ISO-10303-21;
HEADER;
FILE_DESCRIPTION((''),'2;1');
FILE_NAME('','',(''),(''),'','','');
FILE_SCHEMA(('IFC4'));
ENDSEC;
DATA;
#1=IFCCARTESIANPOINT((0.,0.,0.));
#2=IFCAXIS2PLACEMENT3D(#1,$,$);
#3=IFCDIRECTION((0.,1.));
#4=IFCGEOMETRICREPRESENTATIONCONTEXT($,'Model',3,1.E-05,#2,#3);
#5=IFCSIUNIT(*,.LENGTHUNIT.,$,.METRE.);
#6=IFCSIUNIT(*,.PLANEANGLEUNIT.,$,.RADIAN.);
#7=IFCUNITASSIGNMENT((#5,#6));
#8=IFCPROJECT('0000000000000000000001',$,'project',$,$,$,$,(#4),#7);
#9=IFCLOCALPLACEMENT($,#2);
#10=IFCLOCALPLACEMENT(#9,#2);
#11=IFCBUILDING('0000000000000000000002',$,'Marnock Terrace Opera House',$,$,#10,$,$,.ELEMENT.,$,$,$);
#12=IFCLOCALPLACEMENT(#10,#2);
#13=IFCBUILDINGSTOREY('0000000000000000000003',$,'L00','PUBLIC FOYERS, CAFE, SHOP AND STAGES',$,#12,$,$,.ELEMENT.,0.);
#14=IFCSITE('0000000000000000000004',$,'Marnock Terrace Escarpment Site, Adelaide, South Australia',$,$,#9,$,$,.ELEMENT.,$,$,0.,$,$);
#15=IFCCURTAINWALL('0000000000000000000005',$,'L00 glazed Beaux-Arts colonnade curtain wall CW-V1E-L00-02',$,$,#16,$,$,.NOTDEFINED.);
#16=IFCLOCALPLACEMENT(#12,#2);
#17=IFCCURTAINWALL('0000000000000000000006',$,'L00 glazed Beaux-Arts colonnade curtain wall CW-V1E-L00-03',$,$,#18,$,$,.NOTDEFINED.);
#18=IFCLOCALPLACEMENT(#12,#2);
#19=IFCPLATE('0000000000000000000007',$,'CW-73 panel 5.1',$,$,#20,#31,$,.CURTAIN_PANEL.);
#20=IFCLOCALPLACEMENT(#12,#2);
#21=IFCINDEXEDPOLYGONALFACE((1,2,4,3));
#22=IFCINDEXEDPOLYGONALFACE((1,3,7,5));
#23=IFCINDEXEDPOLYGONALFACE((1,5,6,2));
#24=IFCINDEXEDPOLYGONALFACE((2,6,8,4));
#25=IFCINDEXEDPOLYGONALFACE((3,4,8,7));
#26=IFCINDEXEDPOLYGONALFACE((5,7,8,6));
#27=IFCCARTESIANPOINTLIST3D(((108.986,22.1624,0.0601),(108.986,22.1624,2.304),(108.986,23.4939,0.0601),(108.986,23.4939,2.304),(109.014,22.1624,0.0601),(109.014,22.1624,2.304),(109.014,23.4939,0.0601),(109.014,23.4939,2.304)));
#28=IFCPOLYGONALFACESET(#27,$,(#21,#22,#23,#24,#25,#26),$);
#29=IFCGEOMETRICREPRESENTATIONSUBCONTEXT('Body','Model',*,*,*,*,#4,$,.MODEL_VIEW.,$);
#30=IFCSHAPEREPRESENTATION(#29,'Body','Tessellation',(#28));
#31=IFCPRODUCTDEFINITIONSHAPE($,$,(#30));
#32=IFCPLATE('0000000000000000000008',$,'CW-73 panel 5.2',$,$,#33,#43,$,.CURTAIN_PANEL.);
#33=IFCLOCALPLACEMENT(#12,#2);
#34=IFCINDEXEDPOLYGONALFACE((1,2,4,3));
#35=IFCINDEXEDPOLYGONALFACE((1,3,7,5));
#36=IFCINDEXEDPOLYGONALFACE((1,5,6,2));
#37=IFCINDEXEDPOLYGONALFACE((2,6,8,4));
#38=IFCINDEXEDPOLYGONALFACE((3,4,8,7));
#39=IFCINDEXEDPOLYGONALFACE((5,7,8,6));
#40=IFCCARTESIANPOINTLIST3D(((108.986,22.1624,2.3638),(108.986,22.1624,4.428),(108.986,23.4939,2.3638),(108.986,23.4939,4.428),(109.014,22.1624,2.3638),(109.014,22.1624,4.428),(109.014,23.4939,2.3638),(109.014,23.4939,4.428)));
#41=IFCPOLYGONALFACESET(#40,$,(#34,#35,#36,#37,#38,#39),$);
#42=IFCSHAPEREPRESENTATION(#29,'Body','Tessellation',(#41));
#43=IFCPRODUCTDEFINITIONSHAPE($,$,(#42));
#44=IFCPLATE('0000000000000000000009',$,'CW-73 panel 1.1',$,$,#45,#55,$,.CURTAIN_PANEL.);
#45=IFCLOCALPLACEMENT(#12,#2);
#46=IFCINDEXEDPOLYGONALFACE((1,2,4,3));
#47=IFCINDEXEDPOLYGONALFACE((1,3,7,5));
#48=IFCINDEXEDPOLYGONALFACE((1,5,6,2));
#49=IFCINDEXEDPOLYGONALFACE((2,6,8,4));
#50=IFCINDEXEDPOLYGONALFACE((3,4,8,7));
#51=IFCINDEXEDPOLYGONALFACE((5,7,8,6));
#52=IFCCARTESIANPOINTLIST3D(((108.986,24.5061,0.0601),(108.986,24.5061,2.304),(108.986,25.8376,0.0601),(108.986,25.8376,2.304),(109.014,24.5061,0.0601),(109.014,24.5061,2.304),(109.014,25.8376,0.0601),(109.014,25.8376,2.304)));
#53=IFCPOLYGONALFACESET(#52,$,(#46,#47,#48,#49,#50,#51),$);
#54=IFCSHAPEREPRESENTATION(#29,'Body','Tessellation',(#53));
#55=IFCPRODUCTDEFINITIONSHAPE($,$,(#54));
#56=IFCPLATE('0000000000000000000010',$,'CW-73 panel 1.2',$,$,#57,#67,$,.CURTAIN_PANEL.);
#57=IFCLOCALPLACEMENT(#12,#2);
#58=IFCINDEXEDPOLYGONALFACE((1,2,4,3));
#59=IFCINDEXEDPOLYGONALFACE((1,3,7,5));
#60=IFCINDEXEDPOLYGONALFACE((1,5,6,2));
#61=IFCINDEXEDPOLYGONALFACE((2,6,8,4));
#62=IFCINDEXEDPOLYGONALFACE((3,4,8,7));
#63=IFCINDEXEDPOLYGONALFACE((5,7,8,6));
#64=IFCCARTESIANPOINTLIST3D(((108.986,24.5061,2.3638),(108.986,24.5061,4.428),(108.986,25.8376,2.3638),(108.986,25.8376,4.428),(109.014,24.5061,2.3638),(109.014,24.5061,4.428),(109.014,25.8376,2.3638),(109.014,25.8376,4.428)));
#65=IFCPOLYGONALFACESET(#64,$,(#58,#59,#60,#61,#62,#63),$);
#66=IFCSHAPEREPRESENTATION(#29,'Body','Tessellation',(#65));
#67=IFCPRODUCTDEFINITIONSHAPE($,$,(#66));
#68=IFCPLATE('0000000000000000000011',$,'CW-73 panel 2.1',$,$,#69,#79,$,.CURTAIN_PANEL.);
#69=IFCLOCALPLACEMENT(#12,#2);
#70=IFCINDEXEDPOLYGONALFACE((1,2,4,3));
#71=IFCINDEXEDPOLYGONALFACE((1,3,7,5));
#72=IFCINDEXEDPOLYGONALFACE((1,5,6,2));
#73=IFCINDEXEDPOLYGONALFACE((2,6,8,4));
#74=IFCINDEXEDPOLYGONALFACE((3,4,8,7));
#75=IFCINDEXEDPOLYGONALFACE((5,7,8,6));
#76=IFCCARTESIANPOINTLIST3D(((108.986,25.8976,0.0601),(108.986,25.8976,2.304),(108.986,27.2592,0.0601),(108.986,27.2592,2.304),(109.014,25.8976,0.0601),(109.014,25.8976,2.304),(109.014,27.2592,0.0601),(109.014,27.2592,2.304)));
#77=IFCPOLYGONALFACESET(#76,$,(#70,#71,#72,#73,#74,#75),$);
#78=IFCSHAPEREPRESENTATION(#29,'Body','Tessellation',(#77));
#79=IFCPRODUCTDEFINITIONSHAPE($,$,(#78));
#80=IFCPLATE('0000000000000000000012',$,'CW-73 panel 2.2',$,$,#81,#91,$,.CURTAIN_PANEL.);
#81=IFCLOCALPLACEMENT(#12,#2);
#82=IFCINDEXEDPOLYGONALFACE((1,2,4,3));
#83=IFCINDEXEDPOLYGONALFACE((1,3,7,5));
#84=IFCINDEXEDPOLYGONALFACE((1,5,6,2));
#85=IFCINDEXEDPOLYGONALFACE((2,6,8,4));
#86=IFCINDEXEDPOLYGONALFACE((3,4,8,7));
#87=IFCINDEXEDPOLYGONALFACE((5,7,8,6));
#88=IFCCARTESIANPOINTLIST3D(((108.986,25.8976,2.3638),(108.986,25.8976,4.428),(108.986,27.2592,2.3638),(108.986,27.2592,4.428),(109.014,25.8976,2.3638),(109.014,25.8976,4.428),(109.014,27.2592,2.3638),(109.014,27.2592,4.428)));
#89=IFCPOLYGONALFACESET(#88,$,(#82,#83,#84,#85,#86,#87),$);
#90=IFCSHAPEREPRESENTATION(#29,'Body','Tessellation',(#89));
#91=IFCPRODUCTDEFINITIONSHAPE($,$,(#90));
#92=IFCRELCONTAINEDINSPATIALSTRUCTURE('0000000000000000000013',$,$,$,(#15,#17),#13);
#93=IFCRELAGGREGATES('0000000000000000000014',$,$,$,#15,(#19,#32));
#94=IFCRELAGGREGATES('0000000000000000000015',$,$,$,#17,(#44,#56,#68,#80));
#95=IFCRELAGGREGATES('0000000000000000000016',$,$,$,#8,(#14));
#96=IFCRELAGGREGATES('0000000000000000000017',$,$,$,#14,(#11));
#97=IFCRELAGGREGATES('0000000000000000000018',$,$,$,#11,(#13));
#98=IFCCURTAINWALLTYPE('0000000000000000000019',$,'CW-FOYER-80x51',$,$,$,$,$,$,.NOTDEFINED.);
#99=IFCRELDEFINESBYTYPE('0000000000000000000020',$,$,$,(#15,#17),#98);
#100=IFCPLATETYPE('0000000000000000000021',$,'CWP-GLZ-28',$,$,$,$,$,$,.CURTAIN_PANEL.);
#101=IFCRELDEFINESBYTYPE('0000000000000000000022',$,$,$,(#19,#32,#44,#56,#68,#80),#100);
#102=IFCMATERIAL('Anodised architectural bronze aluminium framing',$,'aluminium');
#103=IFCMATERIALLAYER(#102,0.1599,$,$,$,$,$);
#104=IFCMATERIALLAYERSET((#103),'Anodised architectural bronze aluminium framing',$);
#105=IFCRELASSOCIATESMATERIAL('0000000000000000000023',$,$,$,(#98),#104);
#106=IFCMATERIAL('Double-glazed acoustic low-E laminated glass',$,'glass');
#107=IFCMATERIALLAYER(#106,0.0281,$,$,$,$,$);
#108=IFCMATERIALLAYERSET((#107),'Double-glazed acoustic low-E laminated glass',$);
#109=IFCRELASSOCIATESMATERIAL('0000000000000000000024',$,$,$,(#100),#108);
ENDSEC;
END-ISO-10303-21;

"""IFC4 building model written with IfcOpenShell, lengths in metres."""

from ifc_helpers import new_model, si_unit, direction, frame, origin, origin_2d, place, context, subcontext, project, spatial, rectangle, extrude, material, layer, layer_set, type_object, element, aggregate, save


model = new_model("IFC4")

# Units and contexts
model_context = context("Model", 3, precision=1e-05, world=origin(), true_north=direction((0.0, 1.0)))
body_context = subcontext(model_context, "Body", "Model", "MODEL_VIEW")
ifc_project = project(units=[si_unit("LENGTHUNIT", "METRE"), si_unit("PLANEANGLEUNIT", "RADIAN")], contexts=[model_context])

# Site, building, storey
site_placement = place(None, origin())
site = spatial("IfcSite", under=ifc_project, at=site_placement, Name="Marnock Terrace Escarpment Site, Adelaide, South Australia", CompositionType="ELEMENT", RefElevation=0.0)
building_placement = place(site_placement, origin())
building = spatial("IfcBuilding", under=site, at=building_placement, Name="Marnock Terrace Opera House", CompositionType="ELEMENT")
storey_placement = place(building_placement, origin())
storey = spatial("IfcBuildingStorey", under=building, at=storey_placement, Name="L00", Description="PUBLIC FOYERS, CAFE, SHOP AND STAGES", CompositionType="ELEMENT", Elevation=0.0)

# Curtain wall
ifc_material_1 = material(Name="Anodised architectural bronze aluminium framing", Category="aluminium")
ifc_layer_1 = layer(ifc_material_1, 0.1599)
ifc_layer_set_1 = layer_set([ifc_layer_1], Name="Anodised architectural bronze aluminium framing")
curtain_wall_type = type_object("IfcCurtainWallType", Name="CW-FOYER-80x51", PredefinedType="NOTDEFINED", material=ifc_layer_set_1)
curtain_wall_1_placement = place(storey_placement, origin())
curtain_wall_1 = element("IfcCurtainWall", 1, at=curtain_wall_1_placement, inside=storey, type_object=curtain_wall_type, Name="L00 glazed Beaux-Arts colonnade curtain wall CW-V1E-L00-02", PredefinedType="NOTDEFINED")

# Curtain wall
curtain_wall_2_placement = place(storey_placement, origin())
curtain_wall_2 = element("IfcCurtainWall", 2, at=curtain_wall_2_placement, inside=storey, type_object=curtain_wall_type, Name="L00 glazed Beaux-Arts colonnade curtain wall CW-V1E-L00-03", PredefinedType="NOTDEFINED")

# Plates
ifc_material_2 = material(Name="Double-glazed acoustic low-E laminated glass", Category="glass")
ifc_layer_2 = layer(ifc_material_2, 0.0281)
ifc_layer_set_2 = layer_set([ifc_layer_2], Name="Double-glazed acoustic low-E laminated glass")
plate_type = type_object("IfcPlateType", Name="CWP-GLZ-28", PredefinedType="CURTAIN_PANEL", material=ifc_layer_set_2)
plate_1_placement = place(storey_placement, frame((109.0, 22.8281, 0.0601), z_axis=(0.0, 0.0, 1.0), x_axis=(0.0, 1.0, 0.0)))
plate_1 = element("IfcPlate", 3, at=plate_1_placement, type_object=plate_type, Name="CW-73 panel 5.1", PredefinedType="CURTAIN_PANEL", context=body_context, shape_type="SweptSolid", body=[
    extrude(rectangle(XDim=1.3315, YDim=0.0281, at=origin_2d()), origin(), (0.0, 0.0, 1.0), 2.2439),
])
plate_2_placement = place(storey_placement, frame((109.0, 22.8281, 2.3638), z_axis=(0.0, 0.0, 1.0), x_axis=(0.0, 1.0, 0.0)))
plate_2 = element("IfcPlate", 4, at=plate_2_placement, type_object=plate_type, Name="CW-73 panel 5.2", PredefinedType="CURTAIN_PANEL", context=body_context, shape_type="SweptSolid", body=[
    extrude(rectangle(XDim=1.3315, YDim=0.0281, at=origin_2d()), origin(), (0.0, 0.0, 1.0), 2.0642),
])
aggregate(curtain_wall_1, [plate_1, plate_2])
plate_3_placement = place(storey_placement, frame((109.0, 25.1719, 0.0601), z_axis=(0.0, 0.0, 1.0), x_axis=(0.0, 1.0, 0.0)))
plate_3 = element("IfcPlate", 5, at=plate_3_placement, type_object=plate_type, Name="CW-73 panel 1.1", PredefinedType="CURTAIN_PANEL", context=body_context, shape_type="SweptSolid", body=[
    extrude(rectangle(XDim=1.3315, YDim=0.0281, at=origin_2d()), origin(), (0.0, 0.0, 1.0), 2.2439),
])
plate_4_placement = place(storey_placement, frame((109.0, 25.1719, 2.3638), z_axis=(0.0, 0.0, 1.0), x_axis=(0.0, 1.0, 0.0)))
plate_4 = element("IfcPlate", 6, at=plate_4_placement, type_object=plate_type, Name="CW-73 panel 1.2", PredefinedType="CURTAIN_PANEL", context=body_context, shape_type="SweptSolid", body=[
    extrude(rectangle(XDim=1.3315, YDim=0.0281, at=origin_2d()), origin(), (0.0, 0.0, 1.0), 2.0642),
])
plate_5_placement = place(storey_placement, frame((109.0, 26.5784, 0.0601), z_axis=(0.0, 0.0, 1.0), x_axis=(0.0, 1.0, 0.0)))
plate_5 = element("IfcPlate", 7, at=plate_5_placement, type_object=plate_type, Name="CW-73 panel 2.1", PredefinedType="CURTAIN_PANEL", context=body_context, shape_type="SweptSolid", body=[
    extrude(rectangle(XDim=1.3616, YDim=0.0281, at=origin_2d()), origin(), (0.0, 0.0, 1.0), 2.2439),
])
plate_6_placement = place(storey_placement, frame((109.0, 26.5784, 2.3638), z_axis=(0.0, 0.0, 1.0), x_axis=(0.0, 1.0, 0.0)))
plate_6 = element("IfcPlate", 8, at=plate_6_placement, type_object=plate_type, Name="CW-73 panel 2.2", PredefinedType="CURTAIN_PANEL", context=body_context, shape_type="SweptSolid", body=[
    extrude(rectangle(XDim=1.3616, YDim=0.0281, at=origin_2d()), origin(), (0.0, 0.0, 1.0), 2.0642),
])
aggregate(curtain_wall_2, [plate_3, plate_4, plate_5, plate_6])

save(model, "model.ifc")
